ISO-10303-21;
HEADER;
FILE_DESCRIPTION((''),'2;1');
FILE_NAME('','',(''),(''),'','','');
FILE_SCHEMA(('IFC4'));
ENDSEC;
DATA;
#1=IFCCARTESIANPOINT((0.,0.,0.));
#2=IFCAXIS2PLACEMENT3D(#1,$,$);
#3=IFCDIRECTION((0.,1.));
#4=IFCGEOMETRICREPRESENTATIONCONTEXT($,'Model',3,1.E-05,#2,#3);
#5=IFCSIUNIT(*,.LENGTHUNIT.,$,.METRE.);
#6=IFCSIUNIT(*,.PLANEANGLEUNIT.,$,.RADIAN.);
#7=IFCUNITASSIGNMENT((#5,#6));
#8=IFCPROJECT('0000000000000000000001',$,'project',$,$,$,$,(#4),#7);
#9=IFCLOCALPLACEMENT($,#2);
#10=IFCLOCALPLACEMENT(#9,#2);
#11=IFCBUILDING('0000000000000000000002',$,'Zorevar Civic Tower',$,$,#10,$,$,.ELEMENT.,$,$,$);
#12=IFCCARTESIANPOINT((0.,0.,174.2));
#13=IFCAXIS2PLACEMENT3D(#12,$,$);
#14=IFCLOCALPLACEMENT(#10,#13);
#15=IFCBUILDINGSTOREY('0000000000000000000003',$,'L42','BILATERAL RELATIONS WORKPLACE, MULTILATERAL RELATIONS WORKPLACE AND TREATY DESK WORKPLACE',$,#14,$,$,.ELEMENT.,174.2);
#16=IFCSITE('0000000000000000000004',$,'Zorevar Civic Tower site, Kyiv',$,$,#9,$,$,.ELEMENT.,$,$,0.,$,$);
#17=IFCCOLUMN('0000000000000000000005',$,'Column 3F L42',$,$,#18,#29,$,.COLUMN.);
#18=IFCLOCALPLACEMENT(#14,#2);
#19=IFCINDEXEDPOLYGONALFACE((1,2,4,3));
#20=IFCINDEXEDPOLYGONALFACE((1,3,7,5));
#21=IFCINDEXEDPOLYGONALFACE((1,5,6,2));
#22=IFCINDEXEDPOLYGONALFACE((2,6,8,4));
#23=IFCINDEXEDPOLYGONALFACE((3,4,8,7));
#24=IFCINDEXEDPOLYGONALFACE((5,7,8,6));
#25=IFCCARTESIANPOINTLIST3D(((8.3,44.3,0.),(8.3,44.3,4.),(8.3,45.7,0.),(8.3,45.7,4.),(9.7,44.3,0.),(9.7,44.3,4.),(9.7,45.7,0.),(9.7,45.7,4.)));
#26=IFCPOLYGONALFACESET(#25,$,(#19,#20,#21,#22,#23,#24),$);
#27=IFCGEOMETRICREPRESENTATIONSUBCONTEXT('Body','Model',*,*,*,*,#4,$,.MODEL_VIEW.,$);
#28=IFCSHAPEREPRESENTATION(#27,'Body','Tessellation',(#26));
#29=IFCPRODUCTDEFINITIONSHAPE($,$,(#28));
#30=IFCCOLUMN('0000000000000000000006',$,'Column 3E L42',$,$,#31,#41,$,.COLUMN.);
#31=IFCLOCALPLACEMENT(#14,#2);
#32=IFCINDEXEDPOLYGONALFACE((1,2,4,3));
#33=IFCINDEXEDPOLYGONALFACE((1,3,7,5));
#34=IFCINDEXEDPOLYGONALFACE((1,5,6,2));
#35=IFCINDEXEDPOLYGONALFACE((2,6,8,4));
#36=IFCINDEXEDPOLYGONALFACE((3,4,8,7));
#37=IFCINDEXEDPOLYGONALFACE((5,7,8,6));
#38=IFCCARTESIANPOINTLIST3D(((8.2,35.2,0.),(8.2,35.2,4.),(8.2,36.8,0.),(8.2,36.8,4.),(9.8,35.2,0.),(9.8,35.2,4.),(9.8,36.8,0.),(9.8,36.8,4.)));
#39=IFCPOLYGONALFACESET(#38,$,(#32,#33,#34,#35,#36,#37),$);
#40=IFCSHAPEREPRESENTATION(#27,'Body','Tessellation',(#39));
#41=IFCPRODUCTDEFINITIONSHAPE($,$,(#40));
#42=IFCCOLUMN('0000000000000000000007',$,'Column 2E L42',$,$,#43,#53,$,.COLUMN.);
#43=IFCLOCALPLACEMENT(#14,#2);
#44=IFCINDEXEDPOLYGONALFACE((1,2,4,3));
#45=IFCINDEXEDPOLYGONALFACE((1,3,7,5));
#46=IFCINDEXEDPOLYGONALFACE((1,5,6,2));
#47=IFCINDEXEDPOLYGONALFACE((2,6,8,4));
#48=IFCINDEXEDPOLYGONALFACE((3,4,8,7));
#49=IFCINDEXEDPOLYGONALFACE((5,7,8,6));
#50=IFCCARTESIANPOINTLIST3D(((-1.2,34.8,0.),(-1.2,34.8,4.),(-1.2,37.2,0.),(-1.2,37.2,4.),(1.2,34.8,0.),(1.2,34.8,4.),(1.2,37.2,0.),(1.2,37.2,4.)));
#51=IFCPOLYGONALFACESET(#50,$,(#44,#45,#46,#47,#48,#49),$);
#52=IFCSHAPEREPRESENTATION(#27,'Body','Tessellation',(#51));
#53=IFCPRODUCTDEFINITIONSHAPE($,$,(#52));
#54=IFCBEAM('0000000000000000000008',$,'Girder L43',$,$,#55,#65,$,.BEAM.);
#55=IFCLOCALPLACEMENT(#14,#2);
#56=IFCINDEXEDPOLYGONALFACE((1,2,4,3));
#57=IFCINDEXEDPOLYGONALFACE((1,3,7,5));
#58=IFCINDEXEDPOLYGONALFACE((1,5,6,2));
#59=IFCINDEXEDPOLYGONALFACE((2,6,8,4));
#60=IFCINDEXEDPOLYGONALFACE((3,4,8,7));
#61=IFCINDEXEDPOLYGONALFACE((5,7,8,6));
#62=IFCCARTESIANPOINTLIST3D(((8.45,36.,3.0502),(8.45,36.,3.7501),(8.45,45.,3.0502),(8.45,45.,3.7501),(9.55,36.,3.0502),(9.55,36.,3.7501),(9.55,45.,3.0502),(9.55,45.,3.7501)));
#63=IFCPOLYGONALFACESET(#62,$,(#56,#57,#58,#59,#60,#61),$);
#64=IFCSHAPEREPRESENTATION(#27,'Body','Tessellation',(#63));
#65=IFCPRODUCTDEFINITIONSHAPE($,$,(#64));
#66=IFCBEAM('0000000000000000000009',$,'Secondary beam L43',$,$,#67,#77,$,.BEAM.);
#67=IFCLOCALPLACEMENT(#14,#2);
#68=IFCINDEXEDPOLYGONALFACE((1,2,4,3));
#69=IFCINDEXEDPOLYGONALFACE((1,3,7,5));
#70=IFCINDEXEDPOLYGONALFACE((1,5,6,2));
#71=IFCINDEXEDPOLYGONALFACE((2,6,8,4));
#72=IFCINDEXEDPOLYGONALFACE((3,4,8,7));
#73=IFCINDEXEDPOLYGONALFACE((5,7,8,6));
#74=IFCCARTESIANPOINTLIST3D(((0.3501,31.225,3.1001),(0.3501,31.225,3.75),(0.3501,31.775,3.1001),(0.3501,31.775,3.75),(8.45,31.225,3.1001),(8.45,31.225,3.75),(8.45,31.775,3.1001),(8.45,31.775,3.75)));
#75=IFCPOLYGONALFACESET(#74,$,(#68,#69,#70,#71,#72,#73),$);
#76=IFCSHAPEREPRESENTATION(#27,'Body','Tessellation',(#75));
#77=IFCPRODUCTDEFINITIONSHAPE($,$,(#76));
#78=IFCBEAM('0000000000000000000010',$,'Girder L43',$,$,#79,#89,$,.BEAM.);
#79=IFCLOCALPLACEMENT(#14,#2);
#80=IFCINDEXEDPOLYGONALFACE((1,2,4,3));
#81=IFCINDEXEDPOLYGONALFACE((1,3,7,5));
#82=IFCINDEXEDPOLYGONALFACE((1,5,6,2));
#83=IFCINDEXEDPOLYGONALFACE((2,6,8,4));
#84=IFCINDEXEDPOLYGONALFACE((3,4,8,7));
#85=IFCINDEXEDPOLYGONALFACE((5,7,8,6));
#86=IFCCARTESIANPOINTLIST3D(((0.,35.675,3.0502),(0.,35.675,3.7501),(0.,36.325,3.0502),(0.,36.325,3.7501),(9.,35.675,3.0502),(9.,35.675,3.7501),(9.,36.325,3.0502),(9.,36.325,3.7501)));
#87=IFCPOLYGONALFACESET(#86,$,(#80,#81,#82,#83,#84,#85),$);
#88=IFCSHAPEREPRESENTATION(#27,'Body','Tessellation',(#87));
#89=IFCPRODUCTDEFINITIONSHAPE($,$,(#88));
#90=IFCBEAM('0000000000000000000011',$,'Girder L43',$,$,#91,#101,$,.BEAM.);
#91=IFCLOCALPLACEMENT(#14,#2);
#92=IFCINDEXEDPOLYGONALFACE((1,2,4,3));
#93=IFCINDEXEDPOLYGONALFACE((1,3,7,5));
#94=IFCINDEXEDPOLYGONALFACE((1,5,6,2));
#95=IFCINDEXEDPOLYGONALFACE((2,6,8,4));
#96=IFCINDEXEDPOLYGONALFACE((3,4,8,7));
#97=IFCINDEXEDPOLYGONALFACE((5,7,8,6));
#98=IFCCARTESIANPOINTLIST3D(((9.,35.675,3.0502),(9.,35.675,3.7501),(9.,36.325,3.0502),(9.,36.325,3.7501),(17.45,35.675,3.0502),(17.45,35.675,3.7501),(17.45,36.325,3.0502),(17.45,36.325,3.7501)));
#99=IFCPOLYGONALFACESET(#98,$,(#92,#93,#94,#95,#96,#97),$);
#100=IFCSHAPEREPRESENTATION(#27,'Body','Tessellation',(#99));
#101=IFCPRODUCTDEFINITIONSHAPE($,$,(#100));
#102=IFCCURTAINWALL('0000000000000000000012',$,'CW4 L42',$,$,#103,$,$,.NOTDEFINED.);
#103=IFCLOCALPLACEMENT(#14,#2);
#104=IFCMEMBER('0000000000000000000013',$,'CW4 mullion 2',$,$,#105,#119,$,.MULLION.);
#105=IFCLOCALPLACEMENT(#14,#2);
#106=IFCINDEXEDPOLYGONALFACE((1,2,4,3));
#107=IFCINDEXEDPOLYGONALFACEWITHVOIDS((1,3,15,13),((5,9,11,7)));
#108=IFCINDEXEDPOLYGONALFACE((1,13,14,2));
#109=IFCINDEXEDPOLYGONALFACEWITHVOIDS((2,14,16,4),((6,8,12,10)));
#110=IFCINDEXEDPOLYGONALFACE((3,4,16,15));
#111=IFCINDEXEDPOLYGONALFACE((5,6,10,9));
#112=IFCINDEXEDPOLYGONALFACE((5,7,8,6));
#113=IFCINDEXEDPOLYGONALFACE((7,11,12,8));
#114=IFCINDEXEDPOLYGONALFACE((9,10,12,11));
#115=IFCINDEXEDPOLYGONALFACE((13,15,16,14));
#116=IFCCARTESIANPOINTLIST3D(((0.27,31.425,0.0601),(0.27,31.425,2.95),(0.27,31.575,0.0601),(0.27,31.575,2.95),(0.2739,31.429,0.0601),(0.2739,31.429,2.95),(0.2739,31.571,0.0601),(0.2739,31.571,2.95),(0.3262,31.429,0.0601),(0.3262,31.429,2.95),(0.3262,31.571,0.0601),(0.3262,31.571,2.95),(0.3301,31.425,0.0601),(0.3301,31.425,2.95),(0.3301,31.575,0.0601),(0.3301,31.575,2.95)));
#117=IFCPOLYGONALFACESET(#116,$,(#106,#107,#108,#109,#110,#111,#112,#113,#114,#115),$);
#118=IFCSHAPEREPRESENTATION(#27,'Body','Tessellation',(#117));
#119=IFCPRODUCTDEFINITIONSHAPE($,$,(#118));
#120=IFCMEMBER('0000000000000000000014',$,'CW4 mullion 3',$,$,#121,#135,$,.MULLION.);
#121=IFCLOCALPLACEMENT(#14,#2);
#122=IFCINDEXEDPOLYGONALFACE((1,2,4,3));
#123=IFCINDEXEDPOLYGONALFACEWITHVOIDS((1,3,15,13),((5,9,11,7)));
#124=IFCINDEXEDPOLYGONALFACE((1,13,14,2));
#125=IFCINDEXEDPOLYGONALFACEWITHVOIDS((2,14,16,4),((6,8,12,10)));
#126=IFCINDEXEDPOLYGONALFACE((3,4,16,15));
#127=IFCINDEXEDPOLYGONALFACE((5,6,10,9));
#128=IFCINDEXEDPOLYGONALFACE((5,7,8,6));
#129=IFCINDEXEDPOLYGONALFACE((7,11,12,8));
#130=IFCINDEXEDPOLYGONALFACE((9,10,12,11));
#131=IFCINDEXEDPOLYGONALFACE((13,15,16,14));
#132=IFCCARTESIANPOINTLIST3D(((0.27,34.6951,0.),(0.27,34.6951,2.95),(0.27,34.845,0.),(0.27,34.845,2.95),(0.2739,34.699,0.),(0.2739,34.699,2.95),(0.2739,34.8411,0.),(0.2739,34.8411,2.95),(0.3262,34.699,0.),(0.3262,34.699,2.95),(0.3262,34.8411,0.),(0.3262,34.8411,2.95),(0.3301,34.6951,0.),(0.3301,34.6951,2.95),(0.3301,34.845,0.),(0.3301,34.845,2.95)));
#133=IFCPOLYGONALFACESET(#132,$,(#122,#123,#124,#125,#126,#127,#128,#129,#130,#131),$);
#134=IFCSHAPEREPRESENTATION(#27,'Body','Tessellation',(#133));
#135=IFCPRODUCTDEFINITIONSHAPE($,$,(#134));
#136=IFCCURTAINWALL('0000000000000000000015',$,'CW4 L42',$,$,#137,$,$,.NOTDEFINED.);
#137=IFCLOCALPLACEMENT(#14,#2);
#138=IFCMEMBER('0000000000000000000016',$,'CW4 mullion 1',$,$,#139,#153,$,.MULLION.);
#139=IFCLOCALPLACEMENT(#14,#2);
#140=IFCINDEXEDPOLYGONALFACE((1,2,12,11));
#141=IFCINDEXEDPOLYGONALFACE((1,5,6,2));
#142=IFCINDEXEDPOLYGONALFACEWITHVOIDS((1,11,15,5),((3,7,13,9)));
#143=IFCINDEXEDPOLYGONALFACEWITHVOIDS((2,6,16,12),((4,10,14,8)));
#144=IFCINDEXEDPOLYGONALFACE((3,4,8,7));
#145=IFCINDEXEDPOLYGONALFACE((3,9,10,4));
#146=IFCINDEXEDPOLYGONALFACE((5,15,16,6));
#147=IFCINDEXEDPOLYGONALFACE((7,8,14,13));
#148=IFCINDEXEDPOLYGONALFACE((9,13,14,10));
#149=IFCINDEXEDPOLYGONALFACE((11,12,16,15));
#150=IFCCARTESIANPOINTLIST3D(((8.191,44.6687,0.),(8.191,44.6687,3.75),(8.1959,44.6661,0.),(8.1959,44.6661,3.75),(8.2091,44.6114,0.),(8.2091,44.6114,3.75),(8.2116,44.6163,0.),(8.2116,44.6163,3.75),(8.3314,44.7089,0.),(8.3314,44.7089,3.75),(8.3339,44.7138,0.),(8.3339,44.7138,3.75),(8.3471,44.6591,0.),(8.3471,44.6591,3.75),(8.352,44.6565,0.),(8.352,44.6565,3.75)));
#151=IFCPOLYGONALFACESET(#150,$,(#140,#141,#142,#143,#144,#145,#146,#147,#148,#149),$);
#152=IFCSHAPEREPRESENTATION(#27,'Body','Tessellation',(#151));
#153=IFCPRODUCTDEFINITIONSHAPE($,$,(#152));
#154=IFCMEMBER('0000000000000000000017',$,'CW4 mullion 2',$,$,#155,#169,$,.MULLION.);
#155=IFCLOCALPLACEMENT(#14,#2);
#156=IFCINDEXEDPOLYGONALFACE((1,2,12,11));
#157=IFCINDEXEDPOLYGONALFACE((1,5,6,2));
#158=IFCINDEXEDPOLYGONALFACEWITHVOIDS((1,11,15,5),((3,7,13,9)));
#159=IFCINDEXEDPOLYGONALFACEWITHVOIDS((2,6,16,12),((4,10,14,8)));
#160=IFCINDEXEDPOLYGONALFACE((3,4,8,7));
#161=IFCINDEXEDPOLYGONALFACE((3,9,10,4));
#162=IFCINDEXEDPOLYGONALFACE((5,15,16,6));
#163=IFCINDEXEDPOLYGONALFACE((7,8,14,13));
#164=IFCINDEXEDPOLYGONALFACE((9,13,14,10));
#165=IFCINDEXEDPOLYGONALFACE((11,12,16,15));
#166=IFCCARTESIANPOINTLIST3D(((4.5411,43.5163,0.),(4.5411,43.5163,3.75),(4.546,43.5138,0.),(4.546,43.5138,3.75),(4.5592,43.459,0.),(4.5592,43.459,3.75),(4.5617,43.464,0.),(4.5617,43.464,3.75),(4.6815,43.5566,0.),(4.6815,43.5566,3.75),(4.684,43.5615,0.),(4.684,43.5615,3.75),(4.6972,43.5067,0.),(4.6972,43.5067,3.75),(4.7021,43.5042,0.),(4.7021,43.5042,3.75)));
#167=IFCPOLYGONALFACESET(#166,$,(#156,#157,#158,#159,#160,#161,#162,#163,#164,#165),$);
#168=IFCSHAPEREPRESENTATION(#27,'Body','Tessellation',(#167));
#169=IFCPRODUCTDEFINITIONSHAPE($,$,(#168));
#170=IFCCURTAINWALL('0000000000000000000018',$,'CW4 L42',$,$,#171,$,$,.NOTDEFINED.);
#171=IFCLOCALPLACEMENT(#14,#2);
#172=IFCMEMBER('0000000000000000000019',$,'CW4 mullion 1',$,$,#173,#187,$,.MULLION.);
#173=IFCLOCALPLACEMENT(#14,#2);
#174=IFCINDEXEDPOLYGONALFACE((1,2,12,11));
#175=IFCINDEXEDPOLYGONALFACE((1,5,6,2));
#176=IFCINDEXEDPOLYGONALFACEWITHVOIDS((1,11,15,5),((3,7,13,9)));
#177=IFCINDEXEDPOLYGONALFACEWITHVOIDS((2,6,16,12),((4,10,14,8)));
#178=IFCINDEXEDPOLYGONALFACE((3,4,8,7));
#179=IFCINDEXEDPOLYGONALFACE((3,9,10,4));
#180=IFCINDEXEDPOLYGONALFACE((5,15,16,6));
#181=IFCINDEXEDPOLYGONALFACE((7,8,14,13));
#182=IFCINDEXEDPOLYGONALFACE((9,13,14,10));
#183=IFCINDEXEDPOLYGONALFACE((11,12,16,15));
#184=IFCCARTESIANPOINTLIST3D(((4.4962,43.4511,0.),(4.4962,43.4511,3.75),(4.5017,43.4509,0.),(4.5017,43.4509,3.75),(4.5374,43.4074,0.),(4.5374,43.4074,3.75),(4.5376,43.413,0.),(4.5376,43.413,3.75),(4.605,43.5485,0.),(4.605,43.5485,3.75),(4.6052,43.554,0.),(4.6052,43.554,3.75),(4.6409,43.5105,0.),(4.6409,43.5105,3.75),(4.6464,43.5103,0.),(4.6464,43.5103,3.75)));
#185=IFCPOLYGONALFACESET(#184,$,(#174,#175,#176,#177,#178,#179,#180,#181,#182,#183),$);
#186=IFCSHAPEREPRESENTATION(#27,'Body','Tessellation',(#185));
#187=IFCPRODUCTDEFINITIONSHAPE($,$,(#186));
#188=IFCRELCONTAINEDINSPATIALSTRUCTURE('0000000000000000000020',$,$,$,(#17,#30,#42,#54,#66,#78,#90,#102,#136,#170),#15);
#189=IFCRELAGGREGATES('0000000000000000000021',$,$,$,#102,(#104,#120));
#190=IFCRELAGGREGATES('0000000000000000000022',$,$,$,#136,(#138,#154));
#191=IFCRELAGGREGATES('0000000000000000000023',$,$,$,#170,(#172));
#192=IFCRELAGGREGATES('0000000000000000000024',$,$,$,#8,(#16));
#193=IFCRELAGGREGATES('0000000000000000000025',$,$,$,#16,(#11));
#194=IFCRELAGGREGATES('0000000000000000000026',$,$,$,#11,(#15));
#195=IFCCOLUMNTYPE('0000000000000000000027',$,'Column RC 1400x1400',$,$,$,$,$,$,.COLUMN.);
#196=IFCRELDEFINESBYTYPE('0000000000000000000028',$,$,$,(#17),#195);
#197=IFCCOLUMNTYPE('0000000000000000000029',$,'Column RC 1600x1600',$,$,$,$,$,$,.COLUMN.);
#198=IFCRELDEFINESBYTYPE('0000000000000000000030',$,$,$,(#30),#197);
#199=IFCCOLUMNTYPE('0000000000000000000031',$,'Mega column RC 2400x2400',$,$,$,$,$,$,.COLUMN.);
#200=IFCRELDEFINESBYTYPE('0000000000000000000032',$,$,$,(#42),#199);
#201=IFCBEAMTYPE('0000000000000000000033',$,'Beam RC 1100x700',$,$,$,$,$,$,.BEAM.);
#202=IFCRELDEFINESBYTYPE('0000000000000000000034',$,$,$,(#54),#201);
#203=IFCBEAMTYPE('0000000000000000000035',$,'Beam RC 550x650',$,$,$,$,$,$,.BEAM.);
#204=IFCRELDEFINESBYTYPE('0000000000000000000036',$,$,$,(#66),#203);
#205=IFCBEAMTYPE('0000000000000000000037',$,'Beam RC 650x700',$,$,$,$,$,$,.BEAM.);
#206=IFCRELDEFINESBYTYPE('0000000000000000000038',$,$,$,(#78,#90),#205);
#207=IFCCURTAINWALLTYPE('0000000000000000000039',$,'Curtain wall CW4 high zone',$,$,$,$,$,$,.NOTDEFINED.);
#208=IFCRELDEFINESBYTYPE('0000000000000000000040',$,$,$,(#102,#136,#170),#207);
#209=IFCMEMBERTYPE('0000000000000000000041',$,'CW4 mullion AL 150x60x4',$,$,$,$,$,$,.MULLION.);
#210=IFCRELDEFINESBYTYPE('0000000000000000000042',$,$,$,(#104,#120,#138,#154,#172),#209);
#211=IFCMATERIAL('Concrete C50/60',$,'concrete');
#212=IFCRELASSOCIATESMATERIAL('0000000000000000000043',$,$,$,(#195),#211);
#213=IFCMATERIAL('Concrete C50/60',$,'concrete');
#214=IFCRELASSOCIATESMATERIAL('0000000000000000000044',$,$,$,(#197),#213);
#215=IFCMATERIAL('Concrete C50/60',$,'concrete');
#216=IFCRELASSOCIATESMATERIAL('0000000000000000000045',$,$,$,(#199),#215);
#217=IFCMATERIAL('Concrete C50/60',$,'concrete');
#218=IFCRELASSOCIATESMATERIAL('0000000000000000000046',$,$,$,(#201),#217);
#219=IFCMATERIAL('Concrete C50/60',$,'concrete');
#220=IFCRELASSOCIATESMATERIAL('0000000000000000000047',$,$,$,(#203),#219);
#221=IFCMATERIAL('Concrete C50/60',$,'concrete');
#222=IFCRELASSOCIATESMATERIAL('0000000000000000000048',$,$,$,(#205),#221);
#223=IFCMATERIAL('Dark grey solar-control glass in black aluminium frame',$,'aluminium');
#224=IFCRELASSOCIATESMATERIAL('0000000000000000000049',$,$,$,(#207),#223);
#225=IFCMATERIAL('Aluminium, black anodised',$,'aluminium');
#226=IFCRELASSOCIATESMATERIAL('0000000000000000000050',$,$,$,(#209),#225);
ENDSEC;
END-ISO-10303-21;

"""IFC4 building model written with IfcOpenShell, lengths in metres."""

from ifc_helpers import new_model, si_unit, direction, frame, origin, origin_2d, place, context, subcontext, project, spatial, rectangle, hollow_rectangle, extrude, material, material_profile, profile_set, type_object, element, aggregate, save


model = new_model("IFC4")

# Units and contexts
model_context = context("Model", 3, precision=1e-05, world=origin(), true_north=direction((0.0, 1.0)))
body_context = subcontext(model_context, "Body", "Model", "MODEL_VIEW")
ifc_project = project(units=[si_unit("LENGTHUNIT", "METRE"), si_unit("PLANEANGLEUNIT", "RADIAN")], contexts=[model_context])

# Site, building, storey
site_placement = place(None, origin())
site = spatial("IfcSite", under=ifc_project, at=site_placement, Name="Zorevar Civic Tower site, Kyiv", CompositionType="ELEMENT", RefElevation=0.0)
building_placement = place(site_placement, origin())
building = spatial("IfcBuilding", under=site, at=building_placement, Name="Zorevar Civic Tower", CompositionType="ELEMENT")
storey_placement = place(building_placement, frame((0.0, 0.0, 174.2)))
storey = spatial("IfcBuildingStorey", under=building, at=storey_placement, Name="L42", Description="BILATERAL RELATIONS WORKPLACE, MULTILATERAL RELATIONS WORKPLACE AND TREATY DESK WORKPLACE", CompositionType="ELEMENT", Elevation=174.2)

# Columns
ifc_material_1 = material(Name="Concrete C50/60", Category="concrete")
ifc_material_profile_1 = material_profile(ifc_material_1, rectangle(XDim=1.3999, YDim=1.3999, at=origin_2d()), Name="RC 1400x1400")
ifc_profile_set_1 = profile_set([ifc_material_profile_1], Name="Concrete C50/60")
column_type_1 = type_object("IfcColumnType", Name="Column RC 1400x1400", PredefinedType="COLUMN", material=ifc_profile_set_1)
column_1_placement = place(storey_placement, frame((9.0, 45.0, 0.0), z_axis=(0.0, 0.0, 1.0), x_axis=(1.0, 0.0, 0.0)))
element("IfcColumn", 1, at=column_1_placement, inside=storey, type_object=column_type_1, Name="Column 3F L42", PredefinedType="COLUMN", context=body_context, shape_type="SweptSolid", body=[
    extrude(rectangle(XDim=1.3999, YDim=1.3999, at=origin_2d()), origin(), (0.0, 0.0, 1.0), 4.0),
])
ifc_material_2 = material(Name="Concrete C50/60", Category="concrete")
ifc_material_profile_2 = material_profile(ifc_material_2, rectangle(XDim=1.6001, YDim=1.6001, at=origin_2d()), Name="RC 1600x1600")
ifc_profile_set_2 = profile_set([ifc_material_profile_2], Name="Concrete C50/60")
column_type_2 = type_object("IfcColumnType", Name="Column RC 1600x1600", PredefinedType="COLUMN", material=ifc_profile_set_2)
column_2_placement = place(storey_placement, frame((9.0, 36.0, 0.0), z_axis=(0.0, 0.0, 1.0), x_axis=(1.0, 0.0, 0.0)))
element("IfcColumn", 2, at=column_2_placement, inside=storey, type_object=column_type_2, Name="Column 3E L42", PredefinedType="COLUMN", context=body_context, shape_type="SweptSolid", body=[
    extrude(rectangle(XDim=1.6001, YDim=1.6001, at=origin_2d()), origin(), (0.0, 0.0, 1.0), 4.0),
])
ifc_material_3 = material(Name="Concrete C50/60", Category="concrete")
ifc_material_profile_3 = material_profile(ifc_material_3, rectangle(XDim=2.3999, YDim=2.3999, at=origin_2d()), Name="RC 2400x2400")
ifc_profile_set_3 = profile_set([ifc_material_profile_3], Name="Concrete C50/60")
column_type_3 = type_object("IfcColumnType", Name="Mega column RC 2400x2400", PredefinedType="COLUMN", material=ifc_profile_set_3)
column_3_placement = place(storey_placement, frame((0.0, 36.0, 0.0), z_axis=(0.0, 0.0, 1.0), x_axis=(1.0, 0.0, 0.0)))
element("IfcColumn", 3, at=column_3_placement, inside=storey, type_object=column_type_3, Name="Column 2E L42", PredefinedType="COLUMN", context=body_context, shape_type="SweptSolid", body=[
    extrude(rectangle(XDim=2.3999, YDim=2.3999, at=origin_2d()), origin(), (0.0, 0.0, 1.0), 4.0),
])

# Beams
ifc_material_4 = material(Name="Concrete C50/60", Category="concrete")
ifc_material_profile_4 = material_profile(ifc_material_4, rectangle(XDim=1.1001, YDim=0.7, at=origin_2d()), Name="RC 1100x700")
ifc_profile_set_4 = profile_set([ifc_material_profile_4], Name="Concrete C50/60")
beam_type_1 = type_object("IfcBeamType", Name="Beam RC 1100x700", PredefinedType="BEAM", material=ifc_profile_set_4)
beam_1_placement = place(storey_placement, frame((9.0, 36.0, 3.4001), z_axis=(0.0, 1.0, 0.0), x_axis=(-1.0, 0.0, 0.0)))
element("IfcBeam", 4, at=beam_1_placement, inside=storey, type_object=beam_type_1, Name="Girder L43", PredefinedType="BEAM", context=body_context, shape_type="SweptSolid", body=[
    extrude(rectangle(XDim=1.1001, YDim=0.7, at=origin_2d()), origin(), (0.0, 0.0, 1.0), 9.0),
])
ifc_material_5 = material(Name="Concrete C50/60", Category="concrete")
ifc_material_profile_5 = material_profile(ifc_material_5, rectangle(XDim=0.55, YDim=0.6499, at=origin_2d()), Name="RC 550x650")
ifc_profile_set_5 = profile_set([ifc_material_profile_5], Name="Concrete C50/60")
beam_type_2 = type_object("IfcBeamType", Name="Beam RC 550x650", PredefinedType="BEAM", material=ifc_profile_set_5)
beam_2_placement = place(storey_placement, frame((0.3501, 31.5, 3.425), z_axis=(1.0, 0.0, 0.0), x_axis=(0.0, 1.0, 0.0)))
element("IfcBeam", 5, at=beam_2_placement, inside=storey, type_object=beam_type_2, Name="Secondary beam L43", PredefinedType="BEAM", context=body_context, shape_type="SweptSolid", body=[
    extrude(rectangle(XDim=0.55, YDim=0.6499, at=origin_2d()), origin(), (0.0, 0.0, 1.0), 8.0999),
])
ifc_material_6 = material(Name="Concrete C50/60", Category="concrete")
ifc_material_profile_6 = material_profile(ifc_material_6, rectangle(XDim=0.6499, YDim=0.7, at=origin_2d()), Name="RC 650x700")
ifc_profile_set_6 = profile_set([ifc_material_profile_6], Name="Concrete C50/60")
beam_type_3 = type_object("IfcBeamType", Name="Beam RC 650x700", PredefinedType="BEAM", material=ifc_profile_set_6)
beam_3_placement = place(storey_placement, frame((0.0, 36.0, 3.4001), z_axis=(1.0, 0.0, 0.0), x_axis=(0.0, 1.0, 0.0)))
element("IfcBeam", 6, at=beam_3_placement, inside=storey, type_object=beam_type_3, Name="Girder L43", PredefinedType="BEAM", context=body_context, shape_type="SweptSolid", body=[
    extrude(rectangle(XDim=0.6499, YDim=0.7, at=origin_2d()), origin(), (0.0, 0.0, 1.0), 9.0),
])
beam_4_placement = place(storey_placement, frame((9.0, 36.0, 3.4001), z_axis=(1.0, 0.0, 0.0), x_axis=(0.0, 1.0, 0.0)))
element("IfcBeam", 7, at=beam_4_placement, inside=storey, type_object=beam_type_3, Name="Girder L43", PredefinedType="BEAM", context=body_context, shape_type="SweptSolid", body=[
    extrude(rectangle(XDim=0.6499, YDim=0.7, at=origin_2d()), origin(), (0.0, 0.0, 1.0), 8.45),
])

# Curtain walls, members
ifc_material_7 = material(Name="Dark grey solar-control glass in black aluminium frame", Category="aluminium")
curtain_wall_type = type_object("IfcCurtainWallType", Name="Curtain wall CW4 high zone", PredefinedType="NOTDEFINED", material=ifc_material_7)
curtain_wall_1_placement = place(storey_placement, origin())
curtain_wall_1 = element("IfcCurtainWall", 8, at=curtain_wall_1_placement, inside=storey, type_object=curtain_wall_type, Name="CW4 L42", PredefinedType="NOTDEFINED")
ifc_material_8 = material(Name="Aluminium, black anodised", Category="aluminium")
ifc_material_profile_7 = material_profile(ifc_material_8, hollow_rectangle(XDim=0.0601, YDim=0.1499, WallThickness=0.0039, at=origin_2d()), Name="AL 150x60x4")
ifc_profile_set_7 = profile_set([ifc_material_profile_7], Name="Aluminium, black anodised")
member_type_1 = type_object("IfcMemberType", Name="CW4 mullion AL 150x60x4", PredefinedType="MULLION", material=ifc_profile_set_7)
member_1_placement = place(storey_placement, frame((0.3, 31.5, 0.0601), z_axis=(0.0, 0.0, 1.0), x_axis=(-1.0, 0.0, 0.0)))
member_1 = element("IfcMember", 9, at=member_1_placement, type_object=member_type_1, Name="CW4 mullion 2", PredefinedType="MULLION", context=body_context, shape_type="SweptSolid", body=[
    extrude(hollow_rectangle(XDim=0.0601, YDim=0.1499, WallThickness=0.0039, at=origin_2d()), origin(), (0.0, 0.0, 1.0), 2.8899),
])
member_2_placement = place(storey_placement, frame((0.3, 34.77, 0.0), z_axis=(0.0, 0.0, 1.0), x_axis=(-1.0, 0.0, 0.0)))
member_2 = element("IfcMember", 10, at=member_2_placement, type_object=member_type_1, Name="CW4 mullion 3", PredefinedType="MULLION", context=body_context, shape_type="SweptSolid", body=[
    extrude(hollow_rectangle(XDim=0.0601, YDim=0.1499, WallThickness=0.0039, at=origin_2d()), origin(), (0.0, 0.0, 1.0), 2.95),
])
curtain_wall_2_placement = place(storey_placement, origin())
curtain_wall_2 = element("IfcCurtainWall", 11, at=curtain_wall_2_placement, inside=storey, type_object=curtain_wall_type, Name="CW4 L42", PredefinedType="NOTDEFINED")
member_3_placement = place(storey_placement, frame((8.2715, 44.6626, 0.0), z_axis=(0.0, 0.0, 1.0), x_axis=(0.301108, -0.95359, 0.0)))
member_3 = element("IfcMember", 12, at=member_3_placement, type_object=member_type_1, Name="CW4 mullion 1", PredefinedType="MULLION", context=body_context, shape_type="SweptSolid", body=[
    extrude(hollow_rectangle(XDim=0.0601, YDim=0.1499, WallThickness=0.0039, at=origin_2d()), origin(), (0.0, 0.0, 1.0), 3.75),
])
member_4_placement = place(storey_placement, frame((4.6216, 43.5103, 0.0), z_axis=(0.0, 0.0, 1.0), x_axis=(0.301108, -0.95359, 0.0)))
member_4 = element("IfcMember", 13, at=member_4_placement, type_object=member_type_1, Name="CW4 mullion 2", PredefinedType="MULLION", context=body_context, shape_type="SweptSolid", body=[
    extrude(hollow_rectangle(XDim=0.0601, YDim=0.1499, WallThickness=0.0039, at=origin_2d()), origin(), (0.0, 0.0, 1.0), 3.75),
])
curtain_wall_3_placement = place(storey_placement, origin())
curtain_wall_3 = element("IfcCurtainWall", 14, at=curtain_wall_3_placement, inside=storey, type_object=curtain_wall_type, Name="CW4 L42", PredefinedType="NOTDEFINED")
member_5_placement = place(storey_placement, frame((4.5713, 43.4807, 0.0), z_axis=(0.0, 0.0, 1.0), x_axis=(0.686378, -0.727245, 0.0)))
member_5 = element("IfcMember", 15, at=member_5_placement, type_object=member_type_1, Name="CW4 mullion 1", PredefinedType="MULLION", context=body_context, shape_type="SweptSolid", body=[
    extrude(hollow_rectangle(XDim=0.0601, YDim=0.1499, WallThickness=0.0039, at=origin_2d()), origin(), (0.0, 0.0, 1.0), 3.75),
])

aggregate(curtain_wall_1, [member_1, member_2])
aggregate(curtain_wall_2, [member_3, member_4])
aggregate(curtain_wall_3, [member_5])

save(model, "model.ifc")
